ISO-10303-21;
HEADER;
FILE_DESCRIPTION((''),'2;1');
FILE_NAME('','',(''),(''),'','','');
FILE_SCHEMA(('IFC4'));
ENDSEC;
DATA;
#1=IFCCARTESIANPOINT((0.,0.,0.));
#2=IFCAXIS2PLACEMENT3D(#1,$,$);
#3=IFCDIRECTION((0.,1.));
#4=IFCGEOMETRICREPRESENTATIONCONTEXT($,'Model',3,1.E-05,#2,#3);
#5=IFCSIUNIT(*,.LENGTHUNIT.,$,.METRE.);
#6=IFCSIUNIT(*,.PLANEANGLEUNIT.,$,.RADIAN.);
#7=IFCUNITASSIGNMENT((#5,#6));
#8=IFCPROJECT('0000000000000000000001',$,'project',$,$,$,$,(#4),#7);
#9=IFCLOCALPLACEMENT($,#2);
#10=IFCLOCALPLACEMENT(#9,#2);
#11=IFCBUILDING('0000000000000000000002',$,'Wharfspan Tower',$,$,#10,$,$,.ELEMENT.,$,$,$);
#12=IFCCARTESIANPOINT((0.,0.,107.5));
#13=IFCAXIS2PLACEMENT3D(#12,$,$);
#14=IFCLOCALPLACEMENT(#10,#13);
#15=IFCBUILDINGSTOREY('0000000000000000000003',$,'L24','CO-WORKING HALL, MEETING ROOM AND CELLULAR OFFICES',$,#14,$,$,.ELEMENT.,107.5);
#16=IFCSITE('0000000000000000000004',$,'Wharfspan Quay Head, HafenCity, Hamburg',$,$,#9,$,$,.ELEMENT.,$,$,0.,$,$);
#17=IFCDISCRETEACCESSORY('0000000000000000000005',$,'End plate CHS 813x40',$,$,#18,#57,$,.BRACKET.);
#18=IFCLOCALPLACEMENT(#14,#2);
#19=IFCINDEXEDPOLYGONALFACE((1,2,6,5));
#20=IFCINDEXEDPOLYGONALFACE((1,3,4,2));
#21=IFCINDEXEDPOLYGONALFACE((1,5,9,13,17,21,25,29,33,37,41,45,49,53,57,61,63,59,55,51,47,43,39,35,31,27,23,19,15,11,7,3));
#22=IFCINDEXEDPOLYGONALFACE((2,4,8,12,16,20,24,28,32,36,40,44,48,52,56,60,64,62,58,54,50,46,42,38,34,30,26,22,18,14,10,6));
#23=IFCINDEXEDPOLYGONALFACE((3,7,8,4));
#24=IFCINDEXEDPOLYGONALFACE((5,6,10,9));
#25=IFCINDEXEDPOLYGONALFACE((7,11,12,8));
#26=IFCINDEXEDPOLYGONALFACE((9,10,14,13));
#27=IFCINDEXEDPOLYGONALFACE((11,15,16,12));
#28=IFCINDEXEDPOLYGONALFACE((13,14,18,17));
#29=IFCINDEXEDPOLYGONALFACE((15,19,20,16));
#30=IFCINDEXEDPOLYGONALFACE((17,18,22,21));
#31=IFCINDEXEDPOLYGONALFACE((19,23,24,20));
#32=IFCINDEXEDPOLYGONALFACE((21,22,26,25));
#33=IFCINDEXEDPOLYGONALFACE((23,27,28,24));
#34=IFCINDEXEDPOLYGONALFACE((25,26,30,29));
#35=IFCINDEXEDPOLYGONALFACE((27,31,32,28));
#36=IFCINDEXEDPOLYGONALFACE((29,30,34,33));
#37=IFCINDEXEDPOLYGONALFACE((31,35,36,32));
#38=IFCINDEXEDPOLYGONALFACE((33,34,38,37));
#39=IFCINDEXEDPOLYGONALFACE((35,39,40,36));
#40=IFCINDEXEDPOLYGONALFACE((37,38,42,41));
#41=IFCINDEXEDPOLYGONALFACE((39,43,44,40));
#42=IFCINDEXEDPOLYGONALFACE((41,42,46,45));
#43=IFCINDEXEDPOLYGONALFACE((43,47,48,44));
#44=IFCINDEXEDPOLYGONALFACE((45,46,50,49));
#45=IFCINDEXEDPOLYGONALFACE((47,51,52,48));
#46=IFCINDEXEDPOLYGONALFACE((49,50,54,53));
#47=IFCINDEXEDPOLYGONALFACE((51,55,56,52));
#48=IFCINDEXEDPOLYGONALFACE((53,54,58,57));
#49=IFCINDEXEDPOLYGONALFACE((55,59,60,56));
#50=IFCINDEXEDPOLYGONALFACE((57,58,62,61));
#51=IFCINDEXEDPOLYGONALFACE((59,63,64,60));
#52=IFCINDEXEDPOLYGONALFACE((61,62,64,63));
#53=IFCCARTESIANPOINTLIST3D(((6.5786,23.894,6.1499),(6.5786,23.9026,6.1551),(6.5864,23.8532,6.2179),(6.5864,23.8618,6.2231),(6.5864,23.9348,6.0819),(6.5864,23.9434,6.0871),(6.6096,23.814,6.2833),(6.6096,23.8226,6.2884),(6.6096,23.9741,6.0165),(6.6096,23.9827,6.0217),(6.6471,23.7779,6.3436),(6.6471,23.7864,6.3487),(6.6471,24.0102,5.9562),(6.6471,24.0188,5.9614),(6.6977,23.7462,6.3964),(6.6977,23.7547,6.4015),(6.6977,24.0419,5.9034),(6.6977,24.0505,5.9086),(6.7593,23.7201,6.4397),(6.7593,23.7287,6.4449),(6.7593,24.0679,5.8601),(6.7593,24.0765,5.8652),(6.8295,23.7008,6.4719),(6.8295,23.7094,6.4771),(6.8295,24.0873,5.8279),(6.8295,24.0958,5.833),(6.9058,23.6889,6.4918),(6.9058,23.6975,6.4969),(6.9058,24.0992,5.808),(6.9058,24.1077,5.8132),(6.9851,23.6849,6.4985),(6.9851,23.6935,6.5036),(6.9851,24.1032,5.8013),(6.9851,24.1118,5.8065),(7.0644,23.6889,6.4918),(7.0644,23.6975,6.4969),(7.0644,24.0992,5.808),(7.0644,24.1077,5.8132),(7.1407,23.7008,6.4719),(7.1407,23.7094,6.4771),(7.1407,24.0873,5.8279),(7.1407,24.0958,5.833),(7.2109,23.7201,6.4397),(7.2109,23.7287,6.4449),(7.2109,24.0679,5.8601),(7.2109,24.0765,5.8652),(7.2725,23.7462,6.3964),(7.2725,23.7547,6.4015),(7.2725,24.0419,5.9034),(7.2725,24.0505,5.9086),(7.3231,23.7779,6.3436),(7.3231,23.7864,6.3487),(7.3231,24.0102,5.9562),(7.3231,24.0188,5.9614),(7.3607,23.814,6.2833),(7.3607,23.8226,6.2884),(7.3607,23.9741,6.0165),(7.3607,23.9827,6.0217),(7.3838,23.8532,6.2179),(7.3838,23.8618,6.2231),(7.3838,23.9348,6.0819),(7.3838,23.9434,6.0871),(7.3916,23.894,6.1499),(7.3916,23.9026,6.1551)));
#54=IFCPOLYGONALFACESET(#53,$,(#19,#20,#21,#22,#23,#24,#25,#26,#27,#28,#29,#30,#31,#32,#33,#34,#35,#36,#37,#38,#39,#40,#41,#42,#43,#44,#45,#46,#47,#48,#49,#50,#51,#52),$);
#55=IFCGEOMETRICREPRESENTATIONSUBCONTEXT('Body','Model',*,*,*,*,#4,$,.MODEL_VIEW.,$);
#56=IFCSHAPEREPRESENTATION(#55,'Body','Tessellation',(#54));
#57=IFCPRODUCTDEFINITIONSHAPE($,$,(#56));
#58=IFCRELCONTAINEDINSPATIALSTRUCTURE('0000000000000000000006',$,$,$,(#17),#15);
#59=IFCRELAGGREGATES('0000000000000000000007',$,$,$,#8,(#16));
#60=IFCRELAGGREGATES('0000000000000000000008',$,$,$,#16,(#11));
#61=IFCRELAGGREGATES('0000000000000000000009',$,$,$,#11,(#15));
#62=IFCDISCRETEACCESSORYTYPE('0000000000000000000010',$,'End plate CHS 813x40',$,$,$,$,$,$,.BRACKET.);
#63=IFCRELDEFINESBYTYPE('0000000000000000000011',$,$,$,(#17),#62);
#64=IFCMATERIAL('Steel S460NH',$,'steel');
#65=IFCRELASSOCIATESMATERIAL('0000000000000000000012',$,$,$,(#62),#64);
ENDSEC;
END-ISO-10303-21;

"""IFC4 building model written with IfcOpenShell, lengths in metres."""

from ifc_helpers import new_model, si_unit, direction, frame, origin, origin_2d, place, context, subcontext, project, spatial, circle, extrude, material, material_profile, profile_set, type_object, element, save


model = new_model("IFC4")

# Units and contexts
model_context = context("Model", 3, precision=1e-05, world=origin(), true_north=direction((0.0, 1.0)))
body_context = subcontext(model_context, "Body", "Model", "MODEL_VIEW")
ifc_project = project(units=[si_unit("LENGTHUNIT", "METRE"), si_unit("PLANEANGLEUNIT", "RADIAN")], contexts=[model_context])

# Site, building, storey
site_placement = place(None, origin())
site = spatial("IfcSite", under=ifc_project, at=site_placement, Name="Wharfspan Quay Head, HafenCity, Hamburg", CompositionType="ELEMENT", RefElevation=0.0)
building_placement = place(site_placement, origin())
building = spatial("IfcBuilding", under=site, at=building_placement, Name="Wharfspan Tower", CompositionType="ELEMENT")
storey_placement = place(building_placement, frame((0.0, 0.0, 107.5)))
storey = spatial("IfcBuildingStorey", under=building, at=storey_placement, Name="L24", Description="CO-WORKING HALL, MEETING ROOM AND CELLULAR OFFICES", CompositionType="ELEMENT", Elevation=107.5)

# Shared definitions
ifc_material_1 = material(Name="Steel S460NH", Category="steel")

# Discrete accessory
ifc_material_profile_1 = material_profile(ifc_material_1, circle(Radius=0.4065, at=origin_2d()))
ifc_profile_set_1 = profile_set([ifc_material_profile_1], Name="Steel S460NH")
discrete_accessory_type = type_object("IfcDiscreteAccessoryType", Name="End plate CHS 813x40", PredefinedType="BRACKET", material=ifc_profile_set_1)
for number, where, z_axis, x_axis, name in (
    (1, (6.9851, 23.894, 6.1499), (0.0, 0.857493, 0.514496), (-1.0, 0.0, 0.0), "End plate CHS 813x40"),
):
    element("IfcDiscreteAccessory", number, at=place(storey_placement, frame(where, z_axis=z_axis, x_axis=x_axis)), inside=storey, type_object=discrete_accessory_type, Name=name, PredefinedType="BRACKET", context=body_context, shape_type="SweptSolid", body=[
        extrude(circle(Radius=0.4065, at=origin_2d()), origin(), (0.0, 0.0, 1.0), 0.01),
    ])

save(model, "model.ifc")
